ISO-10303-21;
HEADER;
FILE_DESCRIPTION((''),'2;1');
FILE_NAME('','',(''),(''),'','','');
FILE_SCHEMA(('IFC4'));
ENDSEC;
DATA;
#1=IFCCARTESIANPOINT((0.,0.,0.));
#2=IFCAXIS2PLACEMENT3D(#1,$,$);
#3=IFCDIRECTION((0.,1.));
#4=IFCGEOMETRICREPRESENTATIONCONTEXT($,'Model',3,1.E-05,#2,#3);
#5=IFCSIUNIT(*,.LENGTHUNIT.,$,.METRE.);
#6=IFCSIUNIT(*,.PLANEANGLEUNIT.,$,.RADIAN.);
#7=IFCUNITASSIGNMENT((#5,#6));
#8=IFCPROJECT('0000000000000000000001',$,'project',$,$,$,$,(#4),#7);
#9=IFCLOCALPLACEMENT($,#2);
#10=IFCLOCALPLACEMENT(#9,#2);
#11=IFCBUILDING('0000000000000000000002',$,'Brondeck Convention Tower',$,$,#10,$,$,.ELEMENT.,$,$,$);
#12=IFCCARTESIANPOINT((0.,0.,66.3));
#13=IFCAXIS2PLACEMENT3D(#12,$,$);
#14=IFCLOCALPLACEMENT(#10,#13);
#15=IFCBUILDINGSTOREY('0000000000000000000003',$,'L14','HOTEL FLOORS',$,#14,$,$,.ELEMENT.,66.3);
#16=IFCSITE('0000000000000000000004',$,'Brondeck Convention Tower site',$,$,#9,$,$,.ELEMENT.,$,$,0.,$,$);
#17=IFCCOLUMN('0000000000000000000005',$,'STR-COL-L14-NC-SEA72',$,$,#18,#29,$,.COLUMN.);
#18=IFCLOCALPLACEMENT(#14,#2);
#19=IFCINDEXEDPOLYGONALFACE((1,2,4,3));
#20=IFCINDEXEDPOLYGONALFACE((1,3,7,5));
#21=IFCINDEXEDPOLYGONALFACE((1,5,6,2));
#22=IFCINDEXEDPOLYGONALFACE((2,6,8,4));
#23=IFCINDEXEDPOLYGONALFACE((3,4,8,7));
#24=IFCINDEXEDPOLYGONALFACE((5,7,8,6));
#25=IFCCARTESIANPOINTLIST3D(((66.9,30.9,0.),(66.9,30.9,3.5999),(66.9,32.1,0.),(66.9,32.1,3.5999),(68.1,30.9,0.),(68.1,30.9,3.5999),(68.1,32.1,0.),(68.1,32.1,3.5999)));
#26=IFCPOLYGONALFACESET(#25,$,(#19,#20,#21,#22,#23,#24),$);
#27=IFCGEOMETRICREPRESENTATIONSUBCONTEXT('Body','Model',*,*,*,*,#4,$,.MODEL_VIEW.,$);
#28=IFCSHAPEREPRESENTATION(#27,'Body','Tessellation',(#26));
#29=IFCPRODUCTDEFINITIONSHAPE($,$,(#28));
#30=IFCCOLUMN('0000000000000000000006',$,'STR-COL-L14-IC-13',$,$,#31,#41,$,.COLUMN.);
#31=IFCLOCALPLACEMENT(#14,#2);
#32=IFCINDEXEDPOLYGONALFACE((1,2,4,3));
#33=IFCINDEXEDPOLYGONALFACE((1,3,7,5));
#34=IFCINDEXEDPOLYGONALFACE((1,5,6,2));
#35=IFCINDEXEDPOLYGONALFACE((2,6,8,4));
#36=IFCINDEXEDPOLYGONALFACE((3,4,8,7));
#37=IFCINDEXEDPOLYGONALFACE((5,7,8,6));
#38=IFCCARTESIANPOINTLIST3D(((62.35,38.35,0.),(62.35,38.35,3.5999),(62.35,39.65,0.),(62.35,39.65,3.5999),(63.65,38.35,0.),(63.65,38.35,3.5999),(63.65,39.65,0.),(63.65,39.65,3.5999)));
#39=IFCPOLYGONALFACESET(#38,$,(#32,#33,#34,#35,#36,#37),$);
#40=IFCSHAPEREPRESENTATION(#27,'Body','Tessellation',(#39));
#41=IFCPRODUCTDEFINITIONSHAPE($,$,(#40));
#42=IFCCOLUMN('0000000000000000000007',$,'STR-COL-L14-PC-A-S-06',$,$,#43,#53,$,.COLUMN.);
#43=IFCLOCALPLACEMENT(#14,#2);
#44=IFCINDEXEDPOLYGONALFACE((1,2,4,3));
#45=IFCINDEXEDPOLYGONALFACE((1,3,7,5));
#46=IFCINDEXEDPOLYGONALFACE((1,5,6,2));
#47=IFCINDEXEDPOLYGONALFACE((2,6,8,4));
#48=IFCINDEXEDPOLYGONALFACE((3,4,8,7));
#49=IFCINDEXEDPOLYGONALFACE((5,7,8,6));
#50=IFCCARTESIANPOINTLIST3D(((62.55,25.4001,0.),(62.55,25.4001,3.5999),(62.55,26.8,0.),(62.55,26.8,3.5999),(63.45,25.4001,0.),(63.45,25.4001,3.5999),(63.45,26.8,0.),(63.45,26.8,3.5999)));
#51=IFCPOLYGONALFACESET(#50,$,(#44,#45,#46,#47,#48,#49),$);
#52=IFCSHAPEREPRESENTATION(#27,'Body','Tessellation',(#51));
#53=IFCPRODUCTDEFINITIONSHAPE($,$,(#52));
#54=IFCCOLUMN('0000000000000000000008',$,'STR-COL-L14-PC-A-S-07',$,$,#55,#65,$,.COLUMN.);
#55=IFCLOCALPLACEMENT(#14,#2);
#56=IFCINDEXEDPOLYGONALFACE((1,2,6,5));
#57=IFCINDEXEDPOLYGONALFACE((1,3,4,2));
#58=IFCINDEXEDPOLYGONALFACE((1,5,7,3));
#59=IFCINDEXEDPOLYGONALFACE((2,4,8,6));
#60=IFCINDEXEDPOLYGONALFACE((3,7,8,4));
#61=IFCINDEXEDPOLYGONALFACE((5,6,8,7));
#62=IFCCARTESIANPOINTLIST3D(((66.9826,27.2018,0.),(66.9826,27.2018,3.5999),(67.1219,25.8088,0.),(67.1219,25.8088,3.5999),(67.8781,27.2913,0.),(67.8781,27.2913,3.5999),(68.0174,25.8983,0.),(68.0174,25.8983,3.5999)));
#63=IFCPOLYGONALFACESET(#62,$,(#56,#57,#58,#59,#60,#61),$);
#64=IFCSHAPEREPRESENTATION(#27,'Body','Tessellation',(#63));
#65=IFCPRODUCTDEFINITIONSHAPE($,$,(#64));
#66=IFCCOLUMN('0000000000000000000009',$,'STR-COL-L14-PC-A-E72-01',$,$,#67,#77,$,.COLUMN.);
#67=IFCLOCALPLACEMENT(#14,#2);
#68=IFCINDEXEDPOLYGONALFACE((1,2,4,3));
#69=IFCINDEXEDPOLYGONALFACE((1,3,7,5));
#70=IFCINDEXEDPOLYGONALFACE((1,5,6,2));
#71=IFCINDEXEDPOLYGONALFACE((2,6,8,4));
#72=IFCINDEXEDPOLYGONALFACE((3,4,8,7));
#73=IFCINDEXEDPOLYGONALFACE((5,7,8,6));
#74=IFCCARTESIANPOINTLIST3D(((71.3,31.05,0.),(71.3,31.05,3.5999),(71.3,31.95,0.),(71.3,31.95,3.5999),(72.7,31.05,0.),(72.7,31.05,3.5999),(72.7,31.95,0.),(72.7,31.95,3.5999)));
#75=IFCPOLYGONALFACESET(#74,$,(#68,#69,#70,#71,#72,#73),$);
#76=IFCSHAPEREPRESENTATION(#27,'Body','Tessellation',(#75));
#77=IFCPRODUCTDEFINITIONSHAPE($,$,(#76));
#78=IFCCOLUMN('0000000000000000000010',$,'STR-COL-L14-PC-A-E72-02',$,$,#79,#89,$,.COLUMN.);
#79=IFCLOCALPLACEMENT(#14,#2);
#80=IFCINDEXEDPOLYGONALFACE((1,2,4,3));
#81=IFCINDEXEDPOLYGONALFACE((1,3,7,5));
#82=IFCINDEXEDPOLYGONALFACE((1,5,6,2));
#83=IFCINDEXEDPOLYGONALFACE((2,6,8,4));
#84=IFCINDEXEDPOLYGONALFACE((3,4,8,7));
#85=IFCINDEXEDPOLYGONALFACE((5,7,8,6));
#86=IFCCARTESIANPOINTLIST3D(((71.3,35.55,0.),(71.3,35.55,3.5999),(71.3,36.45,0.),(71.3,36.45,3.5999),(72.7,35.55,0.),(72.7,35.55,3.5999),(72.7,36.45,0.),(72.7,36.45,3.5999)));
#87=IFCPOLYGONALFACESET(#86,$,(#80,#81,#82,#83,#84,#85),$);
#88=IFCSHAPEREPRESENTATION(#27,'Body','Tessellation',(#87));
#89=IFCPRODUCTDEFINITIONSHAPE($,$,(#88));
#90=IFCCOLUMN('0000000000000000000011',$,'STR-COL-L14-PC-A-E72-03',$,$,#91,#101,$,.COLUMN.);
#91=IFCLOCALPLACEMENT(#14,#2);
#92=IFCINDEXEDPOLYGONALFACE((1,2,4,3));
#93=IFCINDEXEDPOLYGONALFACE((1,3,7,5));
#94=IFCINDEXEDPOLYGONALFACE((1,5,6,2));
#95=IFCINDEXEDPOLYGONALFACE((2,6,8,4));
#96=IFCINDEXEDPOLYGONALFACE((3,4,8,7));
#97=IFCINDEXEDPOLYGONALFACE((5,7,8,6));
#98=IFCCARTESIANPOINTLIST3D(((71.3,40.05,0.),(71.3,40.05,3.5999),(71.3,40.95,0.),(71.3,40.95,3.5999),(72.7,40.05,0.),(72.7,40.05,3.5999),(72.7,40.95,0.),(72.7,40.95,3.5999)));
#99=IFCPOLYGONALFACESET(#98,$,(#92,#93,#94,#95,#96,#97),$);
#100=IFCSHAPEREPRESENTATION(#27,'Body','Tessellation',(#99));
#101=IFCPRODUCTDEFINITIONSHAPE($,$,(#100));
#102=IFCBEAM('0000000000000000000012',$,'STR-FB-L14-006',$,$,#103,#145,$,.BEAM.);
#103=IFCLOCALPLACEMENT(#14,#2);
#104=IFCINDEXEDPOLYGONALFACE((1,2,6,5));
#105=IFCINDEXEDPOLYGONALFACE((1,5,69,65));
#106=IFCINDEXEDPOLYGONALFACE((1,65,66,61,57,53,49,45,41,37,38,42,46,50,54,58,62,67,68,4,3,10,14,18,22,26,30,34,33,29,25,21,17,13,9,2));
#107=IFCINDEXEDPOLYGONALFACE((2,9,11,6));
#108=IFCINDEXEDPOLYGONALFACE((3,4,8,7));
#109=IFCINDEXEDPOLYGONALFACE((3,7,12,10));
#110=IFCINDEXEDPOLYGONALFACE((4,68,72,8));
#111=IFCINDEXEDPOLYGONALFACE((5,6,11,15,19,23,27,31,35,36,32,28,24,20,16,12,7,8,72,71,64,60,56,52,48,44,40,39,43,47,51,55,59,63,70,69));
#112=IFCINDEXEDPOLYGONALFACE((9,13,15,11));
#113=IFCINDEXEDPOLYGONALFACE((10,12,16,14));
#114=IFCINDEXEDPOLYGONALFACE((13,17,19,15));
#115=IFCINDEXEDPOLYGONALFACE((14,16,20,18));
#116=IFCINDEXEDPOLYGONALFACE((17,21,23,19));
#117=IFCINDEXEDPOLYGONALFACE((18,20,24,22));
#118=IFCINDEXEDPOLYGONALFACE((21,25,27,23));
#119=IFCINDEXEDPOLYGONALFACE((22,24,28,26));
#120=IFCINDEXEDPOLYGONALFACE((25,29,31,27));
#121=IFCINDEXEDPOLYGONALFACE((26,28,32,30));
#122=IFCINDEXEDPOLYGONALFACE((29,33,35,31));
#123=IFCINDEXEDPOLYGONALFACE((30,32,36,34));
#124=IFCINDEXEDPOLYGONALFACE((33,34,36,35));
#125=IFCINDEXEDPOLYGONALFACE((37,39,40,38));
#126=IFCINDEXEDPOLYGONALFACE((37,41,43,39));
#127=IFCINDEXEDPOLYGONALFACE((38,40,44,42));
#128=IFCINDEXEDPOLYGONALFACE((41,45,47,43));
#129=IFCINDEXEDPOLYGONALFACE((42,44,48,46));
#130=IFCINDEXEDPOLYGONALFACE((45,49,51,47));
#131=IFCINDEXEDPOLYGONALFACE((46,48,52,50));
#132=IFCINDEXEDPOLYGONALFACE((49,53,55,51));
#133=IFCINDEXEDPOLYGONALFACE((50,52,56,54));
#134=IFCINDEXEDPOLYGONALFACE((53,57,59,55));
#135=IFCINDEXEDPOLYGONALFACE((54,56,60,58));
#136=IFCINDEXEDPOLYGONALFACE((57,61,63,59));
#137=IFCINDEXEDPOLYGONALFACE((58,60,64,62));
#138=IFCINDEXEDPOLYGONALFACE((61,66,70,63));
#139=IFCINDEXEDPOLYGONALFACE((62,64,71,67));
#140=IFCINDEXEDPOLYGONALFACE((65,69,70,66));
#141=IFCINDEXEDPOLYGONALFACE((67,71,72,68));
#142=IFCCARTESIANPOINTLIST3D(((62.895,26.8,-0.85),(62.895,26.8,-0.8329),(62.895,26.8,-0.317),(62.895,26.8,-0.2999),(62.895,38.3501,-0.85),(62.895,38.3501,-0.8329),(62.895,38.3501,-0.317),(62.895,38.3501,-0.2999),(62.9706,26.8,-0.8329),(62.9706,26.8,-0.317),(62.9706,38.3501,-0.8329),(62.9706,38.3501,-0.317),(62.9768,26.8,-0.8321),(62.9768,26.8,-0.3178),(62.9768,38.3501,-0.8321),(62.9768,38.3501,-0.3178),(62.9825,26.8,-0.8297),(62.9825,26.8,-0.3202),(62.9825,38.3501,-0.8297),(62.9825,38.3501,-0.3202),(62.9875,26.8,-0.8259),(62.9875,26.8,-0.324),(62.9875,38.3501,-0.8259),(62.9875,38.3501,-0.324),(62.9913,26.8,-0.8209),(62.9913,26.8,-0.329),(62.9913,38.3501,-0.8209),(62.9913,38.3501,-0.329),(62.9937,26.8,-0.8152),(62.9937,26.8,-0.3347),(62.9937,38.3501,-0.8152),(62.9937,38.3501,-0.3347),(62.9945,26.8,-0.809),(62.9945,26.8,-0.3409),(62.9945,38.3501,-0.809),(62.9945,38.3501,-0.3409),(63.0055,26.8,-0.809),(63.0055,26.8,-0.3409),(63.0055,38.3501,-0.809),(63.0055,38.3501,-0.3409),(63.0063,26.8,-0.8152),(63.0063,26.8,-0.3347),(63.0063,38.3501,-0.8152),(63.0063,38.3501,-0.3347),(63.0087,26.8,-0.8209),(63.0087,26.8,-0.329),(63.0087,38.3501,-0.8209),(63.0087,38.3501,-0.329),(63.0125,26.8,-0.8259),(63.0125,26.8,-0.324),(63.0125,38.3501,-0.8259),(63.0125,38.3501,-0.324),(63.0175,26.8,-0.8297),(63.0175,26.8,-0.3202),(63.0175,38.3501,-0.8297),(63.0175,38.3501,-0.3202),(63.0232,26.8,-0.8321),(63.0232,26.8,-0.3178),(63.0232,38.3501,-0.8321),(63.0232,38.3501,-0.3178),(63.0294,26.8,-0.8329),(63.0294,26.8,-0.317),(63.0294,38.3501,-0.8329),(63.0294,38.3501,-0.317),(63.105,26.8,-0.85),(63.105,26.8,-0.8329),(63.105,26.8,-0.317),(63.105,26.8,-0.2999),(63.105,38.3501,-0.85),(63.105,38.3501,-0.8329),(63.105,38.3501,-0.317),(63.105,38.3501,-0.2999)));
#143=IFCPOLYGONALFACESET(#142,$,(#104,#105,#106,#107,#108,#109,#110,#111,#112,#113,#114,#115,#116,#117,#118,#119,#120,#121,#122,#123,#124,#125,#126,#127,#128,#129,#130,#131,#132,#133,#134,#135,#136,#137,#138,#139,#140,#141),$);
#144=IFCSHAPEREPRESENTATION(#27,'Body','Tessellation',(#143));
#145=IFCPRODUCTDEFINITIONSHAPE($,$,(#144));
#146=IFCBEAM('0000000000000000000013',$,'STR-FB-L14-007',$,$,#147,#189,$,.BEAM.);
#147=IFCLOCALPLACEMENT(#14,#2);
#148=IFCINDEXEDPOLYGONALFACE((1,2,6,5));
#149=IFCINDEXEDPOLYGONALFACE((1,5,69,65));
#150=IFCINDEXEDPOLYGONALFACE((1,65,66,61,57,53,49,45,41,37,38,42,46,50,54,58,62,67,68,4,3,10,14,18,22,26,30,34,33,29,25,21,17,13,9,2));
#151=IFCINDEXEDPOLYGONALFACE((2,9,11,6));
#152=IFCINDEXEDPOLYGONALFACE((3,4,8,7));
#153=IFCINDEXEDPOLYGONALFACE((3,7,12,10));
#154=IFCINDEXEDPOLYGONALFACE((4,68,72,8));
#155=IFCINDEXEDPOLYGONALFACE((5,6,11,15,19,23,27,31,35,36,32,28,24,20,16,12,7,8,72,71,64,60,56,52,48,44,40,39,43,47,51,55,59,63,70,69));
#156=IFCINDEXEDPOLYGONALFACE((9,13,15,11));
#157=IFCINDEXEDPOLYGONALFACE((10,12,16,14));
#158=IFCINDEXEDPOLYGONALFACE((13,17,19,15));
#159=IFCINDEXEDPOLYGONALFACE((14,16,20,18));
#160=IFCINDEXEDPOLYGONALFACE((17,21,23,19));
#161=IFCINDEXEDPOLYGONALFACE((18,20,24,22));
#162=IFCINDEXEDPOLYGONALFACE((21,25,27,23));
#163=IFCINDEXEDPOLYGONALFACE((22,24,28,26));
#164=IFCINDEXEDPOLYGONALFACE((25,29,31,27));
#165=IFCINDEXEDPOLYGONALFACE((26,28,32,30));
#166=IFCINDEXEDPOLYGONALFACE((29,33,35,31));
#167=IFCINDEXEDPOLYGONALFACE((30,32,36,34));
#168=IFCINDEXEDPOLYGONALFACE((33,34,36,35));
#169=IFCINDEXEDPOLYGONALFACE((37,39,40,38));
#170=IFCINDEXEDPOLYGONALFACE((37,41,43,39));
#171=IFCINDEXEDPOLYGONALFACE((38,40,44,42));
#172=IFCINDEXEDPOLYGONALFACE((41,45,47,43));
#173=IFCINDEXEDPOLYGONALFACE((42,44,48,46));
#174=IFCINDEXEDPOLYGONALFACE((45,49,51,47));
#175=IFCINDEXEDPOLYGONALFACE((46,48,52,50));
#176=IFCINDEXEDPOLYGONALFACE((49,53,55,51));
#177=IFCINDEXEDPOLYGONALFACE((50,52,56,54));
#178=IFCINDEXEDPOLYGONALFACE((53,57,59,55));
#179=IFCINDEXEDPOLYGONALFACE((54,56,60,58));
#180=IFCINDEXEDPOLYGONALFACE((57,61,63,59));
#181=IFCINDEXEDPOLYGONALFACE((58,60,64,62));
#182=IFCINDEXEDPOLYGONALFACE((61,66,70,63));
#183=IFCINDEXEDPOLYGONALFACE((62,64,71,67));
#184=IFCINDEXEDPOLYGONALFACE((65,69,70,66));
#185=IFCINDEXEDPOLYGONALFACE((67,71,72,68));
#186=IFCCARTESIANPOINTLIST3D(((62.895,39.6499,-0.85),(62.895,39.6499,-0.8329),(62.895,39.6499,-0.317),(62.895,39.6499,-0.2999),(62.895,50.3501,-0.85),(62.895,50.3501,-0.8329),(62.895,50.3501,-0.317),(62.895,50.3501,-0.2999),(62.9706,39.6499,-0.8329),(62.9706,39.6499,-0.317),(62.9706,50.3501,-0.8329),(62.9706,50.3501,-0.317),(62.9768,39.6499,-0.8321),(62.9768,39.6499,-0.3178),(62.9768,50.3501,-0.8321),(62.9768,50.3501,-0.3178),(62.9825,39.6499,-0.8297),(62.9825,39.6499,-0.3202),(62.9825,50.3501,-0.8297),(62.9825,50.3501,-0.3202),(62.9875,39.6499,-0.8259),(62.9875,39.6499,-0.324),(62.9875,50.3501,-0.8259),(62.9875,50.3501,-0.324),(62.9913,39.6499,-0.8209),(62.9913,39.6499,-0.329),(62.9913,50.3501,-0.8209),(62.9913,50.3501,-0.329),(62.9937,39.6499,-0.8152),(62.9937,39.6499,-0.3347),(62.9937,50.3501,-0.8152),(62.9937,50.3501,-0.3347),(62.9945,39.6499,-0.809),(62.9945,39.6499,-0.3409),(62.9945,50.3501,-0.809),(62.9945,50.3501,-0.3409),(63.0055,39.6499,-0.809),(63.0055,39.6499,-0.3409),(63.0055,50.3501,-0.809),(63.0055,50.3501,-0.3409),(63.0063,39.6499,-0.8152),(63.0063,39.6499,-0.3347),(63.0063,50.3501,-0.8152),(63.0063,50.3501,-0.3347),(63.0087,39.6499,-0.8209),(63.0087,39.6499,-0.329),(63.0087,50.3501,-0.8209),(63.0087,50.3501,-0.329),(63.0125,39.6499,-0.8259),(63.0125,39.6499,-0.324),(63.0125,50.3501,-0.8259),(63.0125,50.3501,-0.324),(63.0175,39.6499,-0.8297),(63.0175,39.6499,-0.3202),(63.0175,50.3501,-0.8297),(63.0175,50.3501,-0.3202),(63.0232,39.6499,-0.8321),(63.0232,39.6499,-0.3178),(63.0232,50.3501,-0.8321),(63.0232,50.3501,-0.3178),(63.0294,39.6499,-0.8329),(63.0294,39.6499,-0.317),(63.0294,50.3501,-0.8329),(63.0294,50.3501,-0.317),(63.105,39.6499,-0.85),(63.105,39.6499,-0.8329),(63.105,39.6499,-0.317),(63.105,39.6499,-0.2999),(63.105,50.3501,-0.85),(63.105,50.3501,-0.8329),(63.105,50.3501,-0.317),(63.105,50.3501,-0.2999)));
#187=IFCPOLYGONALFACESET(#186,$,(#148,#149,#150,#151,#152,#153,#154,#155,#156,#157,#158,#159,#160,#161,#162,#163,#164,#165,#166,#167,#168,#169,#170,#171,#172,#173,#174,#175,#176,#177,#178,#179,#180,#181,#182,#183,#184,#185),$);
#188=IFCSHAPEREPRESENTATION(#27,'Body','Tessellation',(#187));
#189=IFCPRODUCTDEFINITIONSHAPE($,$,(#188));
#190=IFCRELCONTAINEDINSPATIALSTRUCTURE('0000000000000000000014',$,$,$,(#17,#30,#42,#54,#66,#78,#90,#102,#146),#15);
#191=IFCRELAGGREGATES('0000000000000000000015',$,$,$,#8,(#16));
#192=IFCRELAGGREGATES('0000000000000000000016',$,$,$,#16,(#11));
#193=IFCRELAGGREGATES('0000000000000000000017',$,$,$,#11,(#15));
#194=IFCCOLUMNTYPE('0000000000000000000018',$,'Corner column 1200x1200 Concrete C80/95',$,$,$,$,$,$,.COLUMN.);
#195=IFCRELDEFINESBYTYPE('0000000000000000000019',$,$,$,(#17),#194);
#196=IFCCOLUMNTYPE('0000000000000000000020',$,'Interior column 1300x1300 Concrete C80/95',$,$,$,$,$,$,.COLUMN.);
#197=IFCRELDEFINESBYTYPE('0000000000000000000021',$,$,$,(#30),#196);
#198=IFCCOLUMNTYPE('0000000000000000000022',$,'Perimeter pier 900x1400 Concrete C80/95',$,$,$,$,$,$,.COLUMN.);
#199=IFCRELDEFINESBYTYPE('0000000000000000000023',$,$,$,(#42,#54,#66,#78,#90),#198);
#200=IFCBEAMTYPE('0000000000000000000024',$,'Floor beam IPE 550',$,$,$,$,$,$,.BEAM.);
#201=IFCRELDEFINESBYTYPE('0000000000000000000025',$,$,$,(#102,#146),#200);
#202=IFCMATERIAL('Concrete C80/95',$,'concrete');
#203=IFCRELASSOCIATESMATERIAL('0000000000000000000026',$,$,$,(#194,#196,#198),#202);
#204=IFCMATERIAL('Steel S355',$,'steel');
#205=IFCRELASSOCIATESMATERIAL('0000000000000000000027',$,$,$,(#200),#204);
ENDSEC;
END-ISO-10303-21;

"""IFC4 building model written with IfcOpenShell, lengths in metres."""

from ifc_helpers import new_model, si_unit, direction, frame, origin, origin_2d, place, context, subcontext, project, spatial, rectangle, i_section, extrude, material, material_profile, profile_set, type_object, element, save


model = new_model("IFC4")

# Units and contexts
model_context = context("Model", 3, precision=1e-05, world=origin(), true_north=direction((0.0, 1.0)))
body_context = subcontext(model_context, "Body", "Model", "MODEL_VIEW")
ifc_project = project(units=[si_unit("LENGTHUNIT", "METRE"), si_unit("PLANEANGLEUNIT", "RADIAN")], contexts=[model_context])

# Site, building, storey
site_placement = place(None, origin())
site = spatial("IfcSite", under=ifc_project, at=site_placement, Name="Brondeck Convention Tower site", CompositionType="ELEMENT", RefElevation=0.0)
building_placement = place(site_placement, origin())
building = spatial("IfcBuilding", under=site, at=building_placement, Name="Brondeck Convention Tower", CompositionType="ELEMENT")
storey_placement = place(building_placement, frame((0.0, 0.0, 66.3)))
storey = spatial("IfcBuildingStorey", under=building, at=storey_placement, Name="L14", Description="HOTEL FLOORS", CompositionType="ELEMENT", Elevation=66.3)

# Columns
ifc_material_1 = material(Name="Concrete C80/95", Category="concrete")
ifc_material_profile_1 = material_profile(ifc_material_1, rectangle(XDim=1.2, YDim=1.2, at=origin_2d()), Name="Corner column 1200x1200 Concrete C80/95")
ifc_profile_set_1 = profile_set([ifc_material_profile_1], Name="Concrete C80/95")
column_type_1 = type_object("IfcColumnType", Name="Corner column 1200x1200 Concrete C80/95", PredefinedType="COLUMN", material=ifc_profile_set_1)
column_1_placement = place(storey_placement, frame((67.5, 31.5, 0.0), z_axis=(0.0, 0.0, 1.0), x_axis=(1.0, 0.0, 0.0)))
element("IfcColumn", 1, at=column_1_placement, inside=storey, type_object=column_type_1, Name="STR-COL-L14-NC-SEA72", PredefinedType="COLUMN", context=body_context, shape_type="SweptSolid", body=[
    extrude(rectangle(XDim=1.2, YDim=1.2, at=origin_2d()), origin(), (0.0, 0.0, 1.0), 3.5999),
])
ifc_material_profile_2 = material_profile(ifc_material_1, rectangle(XDim=1.3, YDim=1.3, at=origin_2d()), Name="Interior column 1300x1300 Concrete C80/95")
ifc_profile_set_2 = profile_set([ifc_material_profile_2], Name="Concrete C80/95")
column_type_2 = type_object("IfcColumnType", Name="Interior column 1300x1300 Concrete C80/95", PredefinedType="COLUMN", material=ifc_profile_set_2)
column_2_placement = place(storey_placement, frame((63.0, 39.0, 0.0), z_axis=(0.0, 0.0, 1.0), x_axis=(1.0, 0.0, 0.0)))
element("IfcColumn", 2, at=column_2_placement, inside=storey, type_object=column_type_2, Name="STR-COL-L14-IC-13", PredefinedType="COLUMN", context=body_context, shape_type="SweptSolid", body=[
    extrude(rectangle(XDim=1.3, YDim=1.3, at=origin_2d()), origin(), (0.0, 0.0, 1.0), 3.5999),
])
ifc_material_profile_3 = material_profile(ifc_material_1, rectangle(XDim=0.8999, YDim=1.3999, at=origin_2d()), Name="Perimeter pier 900x1400 Concrete C80/95")
ifc_profile_set_3 = profile_set([ifc_material_profile_3], Name="Concrete C80/95")
column_type_3 = type_object("IfcColumnType", Name="Perimeter pier 900x1400 Concrete C80/95", PredefinedType="COLUMN", material=ifc_profile_set_3)
for number, where, z_axis, x_axis, name in (
    (3, (63.0, 26.1001, 0.0), (0.0, 0.0, 1.0), (1.0, 0.0, 0.0), "STR-COL-L14-PC-A-S-06"),
    (4, (67.5, 26.55, 0.0), (0.0, 0.0, 1.0), (0.995037, 0.099504, 0.0), "STR-COL-L14-PC-A-S-07"),
    (5, (72.0, 31.5, 0.0), (0.0, 0.0, 1.0), (0.0, 1.0, 0.0), "STR-COL-L14-PC-A-E72-01"),
    (6, (72.0, 36.0, 0.0), (0.0, 0.0, 1.0), (0.0, 1.0, 0.0), "STR-COL-L14-PC-A-E72-02"),
    (7, (72.0, 40.5, 0.0), (0.0, 0.0, 1.0), (0.0, 1.0, 0.0), "STR-COL-L14-PC-A-E72-03"),
):
    element("IfcColumn", number, at=place(storey_placement, frame(where, z_axis=z_axis, x_axis=x_axis)), inside=storey, type_object=column_type_3, Name=name, PredefinedType="COLUMN", context=body_context, shape_type="SweptSolid", body=[
        extrude(rectangle(XDim=0.8999, YDim=1.3999, at=origin_2d()), origin(), (0.0, 0.0, 1.0), 3.5999),
    ])

# Beams
ifc_material_2 = material(Name="Steel S355", Category="steel")
ifc_material_profile_4 = material_profile(ifc_material_2, i_section(OverallWidth=0.21, OverallDepth=0.55, WebThickness=0.011, FlangeThickness=0.0171, FilletRadius=0.0239, at=origin_2d()), Name="IPE 550")
ifc_profile_set_4 = profile_set([ifc_material_profile_4], Name="Steel S355")
beam_type_1 = type_object("IfcBeamType", Name="Floor beam IPE 550", PredefinedType="BEAM", material=ifc_profile_set_4)
beam_1_placement = place(storey_placement, frame((63.0, 26.8, -0.575), z_axis=(0.0, 1.0, 0.0), x_axis=(-1.0, 0.0, 0.0)))
element("IfcBeam", 8, at=beam_1_placement, inside=storey, type_object=beam_type_1, Name="STR-FB-L14-006", PredefinedType="BEAM", context=body_context, shape_type="SweptSolid", body=[
    extrude(i_section(OverallWidth=0.21, OverallDepth=0.55, WebThickness=0.011, FlangeThickness=0.0171, FilletRadius=0.0239, at=origin_2d()), origin(), (0.0, 0.0, 1.0), 11.55),
])
beam_2_placement = place(storey_placement, frame((63.0, 39.6499, -0.575), z_axis=(0.0, 1.0, 0.0), x_axis=(-1.0, 0.0, 0.0)))
element("IfcBeam", 9, at=beam_2_placement, inside=storey, type_object=beam_type_1, Name="STR-FB-L14-007", PredefinedType="BEAM", context=body_context, shape_type="SweptSolid", body=[
    extrude(i_section(OverallWidth=0.21, OverallDepth=0.55, WebThickness=0.011, FlangeThickness=0.0171, FilletRadius=0.0239, at=origin_2d()), origin(), (0.0, 0.0, 1.0), 10.7002),
])

save(model, "model.ifc")
